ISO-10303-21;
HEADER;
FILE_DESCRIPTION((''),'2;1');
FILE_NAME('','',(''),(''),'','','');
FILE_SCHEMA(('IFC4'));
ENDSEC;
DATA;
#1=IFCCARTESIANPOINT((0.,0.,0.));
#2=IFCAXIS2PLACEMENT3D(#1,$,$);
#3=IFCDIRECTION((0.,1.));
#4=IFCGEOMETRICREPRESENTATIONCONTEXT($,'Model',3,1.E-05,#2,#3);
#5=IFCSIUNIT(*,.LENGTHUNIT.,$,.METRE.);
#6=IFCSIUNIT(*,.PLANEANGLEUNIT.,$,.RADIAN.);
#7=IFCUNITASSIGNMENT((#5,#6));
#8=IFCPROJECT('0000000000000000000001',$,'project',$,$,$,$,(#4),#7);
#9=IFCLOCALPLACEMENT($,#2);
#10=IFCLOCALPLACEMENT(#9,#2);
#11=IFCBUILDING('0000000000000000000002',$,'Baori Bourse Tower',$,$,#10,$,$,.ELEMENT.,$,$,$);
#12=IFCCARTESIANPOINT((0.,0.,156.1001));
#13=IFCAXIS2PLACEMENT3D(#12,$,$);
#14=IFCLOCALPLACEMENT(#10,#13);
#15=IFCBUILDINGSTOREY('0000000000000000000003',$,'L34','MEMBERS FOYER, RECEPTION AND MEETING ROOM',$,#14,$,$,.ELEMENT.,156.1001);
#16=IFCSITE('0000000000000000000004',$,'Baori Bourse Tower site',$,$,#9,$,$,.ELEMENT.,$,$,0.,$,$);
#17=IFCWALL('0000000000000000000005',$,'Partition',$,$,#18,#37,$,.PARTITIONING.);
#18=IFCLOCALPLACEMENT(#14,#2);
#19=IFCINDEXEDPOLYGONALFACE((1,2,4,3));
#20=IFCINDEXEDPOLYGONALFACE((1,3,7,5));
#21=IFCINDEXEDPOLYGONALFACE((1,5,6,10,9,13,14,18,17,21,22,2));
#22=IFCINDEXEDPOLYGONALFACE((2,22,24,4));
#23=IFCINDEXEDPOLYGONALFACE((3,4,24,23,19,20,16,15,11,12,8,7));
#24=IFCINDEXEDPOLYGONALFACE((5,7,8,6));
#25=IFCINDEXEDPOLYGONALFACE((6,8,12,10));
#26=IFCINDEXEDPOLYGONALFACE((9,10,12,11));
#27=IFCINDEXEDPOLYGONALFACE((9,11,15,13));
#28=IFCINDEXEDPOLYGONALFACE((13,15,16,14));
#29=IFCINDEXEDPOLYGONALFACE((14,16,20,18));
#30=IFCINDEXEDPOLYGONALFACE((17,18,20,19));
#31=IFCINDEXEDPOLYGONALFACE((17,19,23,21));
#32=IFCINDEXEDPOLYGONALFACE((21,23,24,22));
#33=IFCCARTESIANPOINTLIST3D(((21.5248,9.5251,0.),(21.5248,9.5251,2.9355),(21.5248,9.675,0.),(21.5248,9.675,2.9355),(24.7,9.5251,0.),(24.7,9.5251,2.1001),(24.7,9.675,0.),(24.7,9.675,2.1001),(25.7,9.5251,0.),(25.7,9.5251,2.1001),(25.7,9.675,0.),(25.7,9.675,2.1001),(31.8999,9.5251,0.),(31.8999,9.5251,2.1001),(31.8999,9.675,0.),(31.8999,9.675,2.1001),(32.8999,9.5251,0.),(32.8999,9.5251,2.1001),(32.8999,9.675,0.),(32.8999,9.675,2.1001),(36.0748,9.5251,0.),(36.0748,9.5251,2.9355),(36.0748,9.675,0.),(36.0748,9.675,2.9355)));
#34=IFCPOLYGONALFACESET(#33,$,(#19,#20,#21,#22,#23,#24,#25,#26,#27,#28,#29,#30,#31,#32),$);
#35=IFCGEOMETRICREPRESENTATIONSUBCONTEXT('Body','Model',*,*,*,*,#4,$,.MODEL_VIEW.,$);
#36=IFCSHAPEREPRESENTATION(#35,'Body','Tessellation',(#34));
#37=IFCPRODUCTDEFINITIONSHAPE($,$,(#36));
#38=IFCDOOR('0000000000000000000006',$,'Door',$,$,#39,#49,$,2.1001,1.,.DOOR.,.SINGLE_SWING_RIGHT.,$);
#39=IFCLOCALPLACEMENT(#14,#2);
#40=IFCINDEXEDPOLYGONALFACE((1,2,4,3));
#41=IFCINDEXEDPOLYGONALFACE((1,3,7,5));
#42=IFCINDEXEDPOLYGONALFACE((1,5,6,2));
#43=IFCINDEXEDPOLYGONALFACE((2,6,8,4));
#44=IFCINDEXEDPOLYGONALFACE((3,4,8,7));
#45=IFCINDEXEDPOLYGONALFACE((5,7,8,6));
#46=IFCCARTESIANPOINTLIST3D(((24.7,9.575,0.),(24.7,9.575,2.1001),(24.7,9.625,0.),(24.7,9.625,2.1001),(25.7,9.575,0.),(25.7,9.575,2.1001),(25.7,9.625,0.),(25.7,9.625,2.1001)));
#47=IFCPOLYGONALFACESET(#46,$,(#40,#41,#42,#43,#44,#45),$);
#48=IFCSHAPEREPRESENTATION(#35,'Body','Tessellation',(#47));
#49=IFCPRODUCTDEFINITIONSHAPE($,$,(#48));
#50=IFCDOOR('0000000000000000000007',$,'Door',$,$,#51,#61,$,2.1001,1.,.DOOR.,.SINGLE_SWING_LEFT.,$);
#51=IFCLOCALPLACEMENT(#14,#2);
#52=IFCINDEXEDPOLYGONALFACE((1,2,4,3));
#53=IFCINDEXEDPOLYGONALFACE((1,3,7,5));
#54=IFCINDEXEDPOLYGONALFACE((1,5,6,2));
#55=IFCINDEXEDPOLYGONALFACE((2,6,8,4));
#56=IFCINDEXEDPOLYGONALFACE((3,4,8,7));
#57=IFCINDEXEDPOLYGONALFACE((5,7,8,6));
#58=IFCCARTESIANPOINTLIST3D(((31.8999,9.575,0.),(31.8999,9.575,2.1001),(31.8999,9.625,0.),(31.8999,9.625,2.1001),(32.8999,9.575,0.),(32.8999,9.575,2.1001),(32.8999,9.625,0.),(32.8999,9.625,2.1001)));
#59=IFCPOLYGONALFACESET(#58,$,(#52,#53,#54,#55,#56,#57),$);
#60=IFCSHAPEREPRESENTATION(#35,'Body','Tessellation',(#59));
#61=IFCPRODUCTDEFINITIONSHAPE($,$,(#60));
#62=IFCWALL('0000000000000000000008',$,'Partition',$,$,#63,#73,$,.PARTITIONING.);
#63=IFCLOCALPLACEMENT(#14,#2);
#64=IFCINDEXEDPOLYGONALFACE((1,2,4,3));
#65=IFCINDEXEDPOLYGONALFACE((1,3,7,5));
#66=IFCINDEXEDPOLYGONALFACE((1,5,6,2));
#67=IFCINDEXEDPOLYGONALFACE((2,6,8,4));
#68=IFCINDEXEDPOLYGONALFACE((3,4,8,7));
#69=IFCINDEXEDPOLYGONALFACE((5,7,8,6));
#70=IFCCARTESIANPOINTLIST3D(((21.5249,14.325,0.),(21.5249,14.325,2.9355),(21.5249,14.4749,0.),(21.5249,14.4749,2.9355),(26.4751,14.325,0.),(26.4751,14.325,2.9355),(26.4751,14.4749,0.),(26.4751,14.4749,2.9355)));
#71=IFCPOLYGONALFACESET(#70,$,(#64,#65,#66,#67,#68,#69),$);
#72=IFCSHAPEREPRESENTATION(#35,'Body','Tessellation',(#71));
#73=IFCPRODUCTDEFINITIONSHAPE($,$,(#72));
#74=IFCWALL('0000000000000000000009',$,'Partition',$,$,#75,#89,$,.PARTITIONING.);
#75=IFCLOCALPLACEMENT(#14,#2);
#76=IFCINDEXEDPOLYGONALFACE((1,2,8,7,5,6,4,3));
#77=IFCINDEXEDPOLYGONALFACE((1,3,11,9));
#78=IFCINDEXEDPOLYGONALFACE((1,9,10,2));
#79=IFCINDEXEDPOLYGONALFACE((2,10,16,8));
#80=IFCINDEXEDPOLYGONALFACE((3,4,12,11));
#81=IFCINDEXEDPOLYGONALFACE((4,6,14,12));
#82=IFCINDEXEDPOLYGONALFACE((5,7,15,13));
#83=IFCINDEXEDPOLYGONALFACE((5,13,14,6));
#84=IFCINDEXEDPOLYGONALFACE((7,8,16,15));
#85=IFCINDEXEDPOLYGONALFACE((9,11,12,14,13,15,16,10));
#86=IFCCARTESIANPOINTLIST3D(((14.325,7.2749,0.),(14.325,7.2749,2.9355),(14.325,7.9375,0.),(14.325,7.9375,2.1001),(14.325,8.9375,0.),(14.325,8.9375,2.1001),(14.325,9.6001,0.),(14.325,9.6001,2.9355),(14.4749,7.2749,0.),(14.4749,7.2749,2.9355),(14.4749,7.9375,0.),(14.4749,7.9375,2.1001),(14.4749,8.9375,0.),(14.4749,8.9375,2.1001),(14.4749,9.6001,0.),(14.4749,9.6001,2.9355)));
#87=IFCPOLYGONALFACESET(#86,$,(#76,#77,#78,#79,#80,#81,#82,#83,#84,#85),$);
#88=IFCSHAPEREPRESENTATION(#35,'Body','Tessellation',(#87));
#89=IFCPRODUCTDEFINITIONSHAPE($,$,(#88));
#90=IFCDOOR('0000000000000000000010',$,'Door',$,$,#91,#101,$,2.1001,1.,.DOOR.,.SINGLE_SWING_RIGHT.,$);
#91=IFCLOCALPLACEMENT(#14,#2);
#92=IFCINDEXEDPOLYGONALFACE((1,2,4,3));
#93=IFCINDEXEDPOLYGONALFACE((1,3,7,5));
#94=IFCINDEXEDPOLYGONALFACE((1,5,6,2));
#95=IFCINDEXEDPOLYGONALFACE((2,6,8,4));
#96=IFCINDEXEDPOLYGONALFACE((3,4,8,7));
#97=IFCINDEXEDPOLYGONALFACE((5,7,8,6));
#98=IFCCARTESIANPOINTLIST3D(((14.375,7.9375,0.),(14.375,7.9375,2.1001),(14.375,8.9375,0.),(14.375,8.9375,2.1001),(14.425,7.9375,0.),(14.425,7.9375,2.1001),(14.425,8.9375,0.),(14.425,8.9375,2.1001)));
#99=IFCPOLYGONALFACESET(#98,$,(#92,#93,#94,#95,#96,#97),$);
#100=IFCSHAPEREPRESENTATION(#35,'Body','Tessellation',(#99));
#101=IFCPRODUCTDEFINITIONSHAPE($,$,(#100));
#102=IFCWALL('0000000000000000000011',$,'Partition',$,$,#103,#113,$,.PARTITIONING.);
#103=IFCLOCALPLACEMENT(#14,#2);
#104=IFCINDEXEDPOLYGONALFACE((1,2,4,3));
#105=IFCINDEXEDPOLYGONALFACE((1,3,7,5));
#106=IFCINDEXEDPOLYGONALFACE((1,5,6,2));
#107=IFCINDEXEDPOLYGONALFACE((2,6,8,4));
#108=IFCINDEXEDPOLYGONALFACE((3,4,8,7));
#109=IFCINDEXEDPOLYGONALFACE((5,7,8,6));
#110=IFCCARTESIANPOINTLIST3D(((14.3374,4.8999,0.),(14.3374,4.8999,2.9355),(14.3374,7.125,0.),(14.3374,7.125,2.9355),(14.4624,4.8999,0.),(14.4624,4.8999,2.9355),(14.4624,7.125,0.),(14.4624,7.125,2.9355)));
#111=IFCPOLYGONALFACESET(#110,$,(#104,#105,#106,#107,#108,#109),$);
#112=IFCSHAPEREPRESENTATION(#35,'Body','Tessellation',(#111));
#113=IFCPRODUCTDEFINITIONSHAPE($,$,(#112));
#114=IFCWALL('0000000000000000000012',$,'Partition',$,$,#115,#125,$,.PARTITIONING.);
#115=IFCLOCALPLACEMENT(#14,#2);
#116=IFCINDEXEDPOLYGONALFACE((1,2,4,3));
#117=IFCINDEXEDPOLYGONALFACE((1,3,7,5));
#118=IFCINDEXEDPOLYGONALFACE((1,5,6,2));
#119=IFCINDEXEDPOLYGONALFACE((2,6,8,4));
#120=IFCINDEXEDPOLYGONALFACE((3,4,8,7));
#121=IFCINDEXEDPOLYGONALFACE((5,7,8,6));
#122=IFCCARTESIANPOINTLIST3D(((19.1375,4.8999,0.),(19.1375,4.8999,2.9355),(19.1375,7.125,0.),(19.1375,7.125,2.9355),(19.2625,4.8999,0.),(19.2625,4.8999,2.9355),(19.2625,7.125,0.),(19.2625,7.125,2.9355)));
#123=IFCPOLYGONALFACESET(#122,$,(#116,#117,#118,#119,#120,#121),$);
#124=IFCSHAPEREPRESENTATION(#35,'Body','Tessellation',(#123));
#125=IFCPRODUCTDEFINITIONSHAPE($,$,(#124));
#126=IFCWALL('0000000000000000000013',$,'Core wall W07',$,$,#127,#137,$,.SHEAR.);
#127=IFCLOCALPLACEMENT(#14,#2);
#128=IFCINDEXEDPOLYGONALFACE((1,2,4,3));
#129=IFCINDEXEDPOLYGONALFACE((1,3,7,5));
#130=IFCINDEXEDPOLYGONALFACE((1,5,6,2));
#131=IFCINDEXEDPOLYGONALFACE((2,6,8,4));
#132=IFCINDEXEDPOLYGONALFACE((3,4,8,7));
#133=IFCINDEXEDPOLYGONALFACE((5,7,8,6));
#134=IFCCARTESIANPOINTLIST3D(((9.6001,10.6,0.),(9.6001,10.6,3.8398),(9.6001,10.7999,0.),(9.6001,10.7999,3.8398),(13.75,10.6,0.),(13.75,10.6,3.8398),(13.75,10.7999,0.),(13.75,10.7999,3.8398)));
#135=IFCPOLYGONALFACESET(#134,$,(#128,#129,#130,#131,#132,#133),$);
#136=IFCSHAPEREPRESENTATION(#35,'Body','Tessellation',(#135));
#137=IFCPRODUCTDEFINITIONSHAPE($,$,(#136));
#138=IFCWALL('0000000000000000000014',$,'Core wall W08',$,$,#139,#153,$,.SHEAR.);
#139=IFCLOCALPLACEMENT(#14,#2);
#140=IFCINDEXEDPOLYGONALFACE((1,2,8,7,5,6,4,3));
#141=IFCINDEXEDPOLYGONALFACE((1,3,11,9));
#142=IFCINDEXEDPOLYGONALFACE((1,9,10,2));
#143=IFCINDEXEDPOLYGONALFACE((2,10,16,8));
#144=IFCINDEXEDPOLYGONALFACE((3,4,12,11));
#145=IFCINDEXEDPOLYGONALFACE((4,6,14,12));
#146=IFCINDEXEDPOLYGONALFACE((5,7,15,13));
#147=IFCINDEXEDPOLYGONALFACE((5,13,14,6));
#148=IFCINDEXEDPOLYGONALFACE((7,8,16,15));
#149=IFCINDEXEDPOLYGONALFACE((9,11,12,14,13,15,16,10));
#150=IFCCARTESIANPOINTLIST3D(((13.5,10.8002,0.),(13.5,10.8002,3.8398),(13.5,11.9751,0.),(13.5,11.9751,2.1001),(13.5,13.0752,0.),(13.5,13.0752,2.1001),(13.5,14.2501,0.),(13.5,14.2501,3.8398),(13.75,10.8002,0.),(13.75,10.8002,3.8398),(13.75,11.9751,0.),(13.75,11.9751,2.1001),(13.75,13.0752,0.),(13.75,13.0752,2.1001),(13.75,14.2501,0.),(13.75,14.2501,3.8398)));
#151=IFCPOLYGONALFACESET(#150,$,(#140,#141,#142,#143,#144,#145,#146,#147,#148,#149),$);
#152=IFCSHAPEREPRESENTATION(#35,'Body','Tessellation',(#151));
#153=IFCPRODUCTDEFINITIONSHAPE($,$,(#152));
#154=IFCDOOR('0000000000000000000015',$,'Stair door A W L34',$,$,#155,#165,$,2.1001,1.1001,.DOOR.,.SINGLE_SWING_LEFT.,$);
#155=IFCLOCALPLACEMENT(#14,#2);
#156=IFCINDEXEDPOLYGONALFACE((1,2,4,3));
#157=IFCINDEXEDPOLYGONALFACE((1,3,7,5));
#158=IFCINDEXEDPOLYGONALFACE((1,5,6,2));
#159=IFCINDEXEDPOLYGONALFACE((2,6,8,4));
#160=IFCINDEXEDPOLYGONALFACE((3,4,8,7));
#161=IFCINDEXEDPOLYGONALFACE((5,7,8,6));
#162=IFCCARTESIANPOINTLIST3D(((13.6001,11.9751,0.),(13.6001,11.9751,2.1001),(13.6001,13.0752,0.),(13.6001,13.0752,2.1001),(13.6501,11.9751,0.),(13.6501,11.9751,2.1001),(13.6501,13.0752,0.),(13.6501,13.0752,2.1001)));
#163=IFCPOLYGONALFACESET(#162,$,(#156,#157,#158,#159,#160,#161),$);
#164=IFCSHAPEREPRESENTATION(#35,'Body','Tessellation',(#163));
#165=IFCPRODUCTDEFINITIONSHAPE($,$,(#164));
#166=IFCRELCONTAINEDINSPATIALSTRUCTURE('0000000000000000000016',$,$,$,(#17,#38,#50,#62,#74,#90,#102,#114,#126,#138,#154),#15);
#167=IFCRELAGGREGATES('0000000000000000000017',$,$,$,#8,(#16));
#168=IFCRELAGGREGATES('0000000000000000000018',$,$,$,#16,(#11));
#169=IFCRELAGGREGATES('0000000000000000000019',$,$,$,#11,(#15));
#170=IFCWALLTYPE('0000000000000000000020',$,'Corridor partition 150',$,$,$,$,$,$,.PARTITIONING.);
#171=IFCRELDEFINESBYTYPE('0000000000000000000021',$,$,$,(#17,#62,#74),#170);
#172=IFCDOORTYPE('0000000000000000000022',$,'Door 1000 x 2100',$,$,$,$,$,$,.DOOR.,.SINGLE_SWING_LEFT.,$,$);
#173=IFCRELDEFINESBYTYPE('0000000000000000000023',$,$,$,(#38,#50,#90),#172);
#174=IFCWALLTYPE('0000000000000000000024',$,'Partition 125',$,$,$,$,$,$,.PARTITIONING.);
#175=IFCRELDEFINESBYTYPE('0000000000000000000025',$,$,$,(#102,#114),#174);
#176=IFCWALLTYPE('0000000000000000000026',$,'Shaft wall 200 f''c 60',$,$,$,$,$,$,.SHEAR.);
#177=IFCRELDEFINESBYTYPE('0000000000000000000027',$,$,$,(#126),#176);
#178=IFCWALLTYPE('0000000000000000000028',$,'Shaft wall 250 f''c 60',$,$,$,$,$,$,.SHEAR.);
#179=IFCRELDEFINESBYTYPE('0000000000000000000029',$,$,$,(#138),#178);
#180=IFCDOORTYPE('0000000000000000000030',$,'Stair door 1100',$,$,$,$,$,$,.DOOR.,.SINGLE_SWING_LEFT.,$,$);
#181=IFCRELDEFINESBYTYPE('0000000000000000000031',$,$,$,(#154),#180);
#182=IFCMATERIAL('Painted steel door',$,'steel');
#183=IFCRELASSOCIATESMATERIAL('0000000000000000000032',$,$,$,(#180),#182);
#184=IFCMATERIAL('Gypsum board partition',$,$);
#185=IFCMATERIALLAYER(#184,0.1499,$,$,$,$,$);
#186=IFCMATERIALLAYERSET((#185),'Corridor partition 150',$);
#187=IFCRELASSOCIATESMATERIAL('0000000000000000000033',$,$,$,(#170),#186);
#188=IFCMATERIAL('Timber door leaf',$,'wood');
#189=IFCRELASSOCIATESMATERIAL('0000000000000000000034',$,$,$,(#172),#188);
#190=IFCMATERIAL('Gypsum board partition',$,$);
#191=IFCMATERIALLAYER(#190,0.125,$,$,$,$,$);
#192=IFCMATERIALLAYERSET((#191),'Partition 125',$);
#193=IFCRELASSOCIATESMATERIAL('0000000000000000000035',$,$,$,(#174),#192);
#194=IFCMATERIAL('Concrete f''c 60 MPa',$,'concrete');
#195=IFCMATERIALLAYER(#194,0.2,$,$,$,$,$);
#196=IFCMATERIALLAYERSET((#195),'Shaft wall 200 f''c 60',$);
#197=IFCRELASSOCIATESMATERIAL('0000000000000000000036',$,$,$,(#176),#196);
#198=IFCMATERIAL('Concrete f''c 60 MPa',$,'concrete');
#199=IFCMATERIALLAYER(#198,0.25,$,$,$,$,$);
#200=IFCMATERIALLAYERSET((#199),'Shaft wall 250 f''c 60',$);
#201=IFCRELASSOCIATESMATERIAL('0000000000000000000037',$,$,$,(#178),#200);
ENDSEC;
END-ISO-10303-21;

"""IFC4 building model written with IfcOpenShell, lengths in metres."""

from ifc_helpers import new_model, si_unit, direction, frame, frame_2d, origin, place, context, subcontext, project, spatial, rectangle, extrude, material, layer, layer_set, type_object, element, fill, save


model = new_model("IFC4")

# Units and contexts
model_context = context("Model", 3, precision=1e-05, world=origin(), true_north=direction((0.0, 1.0)))
body_context = subcontext(model_context, "Body", "Model", "MODEL_VIEW")
ifc_project = project(units=[si_unit("LENGTHUNIT", "METRE"), si_unit("PLANEANGLEUNIT", "RADIAN")], contexts=[model_context])

# Site, building, storey
site_placement = place(None, origin())
site = spatial("IfcSite", under=ifc_project, at=site_placement, Name="Baori Bourse Tower site", CompositionType="ELEMENT", RefElevation=0.0)
building_placement = place(site_placement, origin())
building = spatial("IfcBuilding", under=site, at=building_placement, Name="Baori Bourse Tower", CompositionType="ELEMENT")
storey_placement = place(building_placement, frame((0.0, 0.0, 156.1001)))
storey = spatial("IfcBuildingStorey", under=building, at=storey_placement, Name="L34", Description="MEMBERS FOYER, RECEPTION AND MEETING ROOM", CompositionType="ELEMENT", Elevation=156.1001)

# Shared definitions
ifc_material_1 = material(Name="Painted steel door", Category="steel")
door_type_1 = type_object("IfcDoorType", Name="Stair door 1100", OperationType="SINGLE_SWING_LEFT", PredefinedType="DOOR", material=ifc_material_1)

# Wall, openings, doors
ifc_material_2 = material(Name="Gypsum board partition")
ifc_layer_1 = layer(ifc_material_2, 0.1499)
ifc_layer_set_1 = layer_set([ifc_layer_1], Name="Corridor partition 150")
wall_type_1 = type_object("IfcWallType", Name="Corridor partition 150", PredefinedType="PARTITIONING", material=ifc_layer_set_1)
ifc_material_3 = material(Name="Timber door leaf", Category="wood")
door_type_2 = type_object("IfcDoorType", Name="Door 1000 x 2100", OperationType="SINGLE_SWING_LEFT", PredefinedType="DOOR", material=ifc_material_3)
wall_1_placement = place(storey_placement, frame((21.5249, 9.6001, 0.0), z_axis=(0.0, 0.0, 1.0), x_axis=(1.0, 0.0, 0.0)))
wall_1 = element("IfcWall", 1, at=wall_1_placement, inside=storey, type_object=wall_type_1, Name="Partition", PredefinedType="PARTITIONING", context=body_context, shape_type="SweptSolid", body=[
    extrude(rectangle(XDim=14.55, YDim=0.1499, at=frame_2d((7.2749, 0.0))), origin(), (0.0, 0.0, 1.0), 2.9355),
])
opening_1_placement = place(wall_1_placement, frame((3.175, 0.0, 0.0)))
opening_1 = element("IfcOpeningElement", 2, at=opening_1_placement, cuts=wall_1, PredefinedType="OPENING", context=body_context, shape_type="SweptSolid", body=[
    extrude(rectangle(XDim=1.0, YDim=2.1001, at=frame_2d((0.5, 1.05))), frame((0.0, 0.085, 0.0), z_axis=(0.0, -1.0, 0.0), x_axis=(1.0, 0.0, 0.0)), (0.0, 0.0, 1.0), 0.1699),
])
opening_2_placement = place(wall_1_placement, frame((10.375, 0.0, 0.0)))
opening_2 = element("IfcOpeningElement", 3, at=opening_2_placement, cuts=wall_1, PredefinedType="OPENING", context=body_context, shape_type="SweptSolid", body=[
    extrude(rectangle(XDim=1.0, YDim=2.1001, at=frame_2d((0.5, 1.05))), frame((0.0, 0.085, 0.0), z_axis=(0.0, -1.0, 0.0), x_axis=(1.0, 0.0, 0.0)), (0.0, 0.0, 1.0), 0.1699),
])
door_1_placement = place(opening_1_placement, origin())
door_1 = element("IfcDoor", 4, at=door_1_placement, inside=storey, type_object=door_type_2, Name="Door", OperationType="SINGLE_SWING_RIGHT", OverallHeight=2.1001, OverallWidth=1.0, PredefinedType="DOOR", context=body_context, shape_type="SweptSolid", body=[
    extrude(rectangle(XDim=1.0, YDim=2.1001, at=frame_2d((0.5, 1.05))), frame((0.0, 0.0249, 0.0), z_axis=(0.0, -1.0, 0.0), x_axis=(1.0, 0.0, 0.0)), (0.0, 0.0, 1.0), 0.05),
])
fill(opening_1, door_1)
door_2_placement = place(opening_2_placement, origin())
door_2 = element("IfcDoor", 5, at=door_2_placement, inside=storey, type_object=door_type_2, Name="Door", OperationType="SINGLE_SWING_LEFT", OverallHeight=2.1001, OverallWidth=1.0, PredefinedType="DOOR", context=body_context, shape_type="SweptSolid", body=[
    extrude(rectangle(XDim=1.0, YDim=2.1001, at=frame_2d((0.5, 1.05))), frame((0.0, 0.0249, 0.0), z_axis=(0.0, -1.0, 0.0), x_axis=(1.0, 0.0, 0.0)), (0.0, 0.0, 1.0), 0.05),
])
fill(opening_2, door_2)

# Wall
wall_2_placement = place(storey_placement, frame((21.5249, 14.3999, 0.0), z_axis=(0.0, 0.0, 1.0), x_axis=(1.0, 0.0, 0.0)))
element("IfcWall", 6, at=wall_2_placement, inside=storey, type_object=wall_type_1, Name="Partition", PredefinedType="PARTITIONING", context=body_context, shape_type="SweptSolid", body=[
    extrude(rectangle(XDim=4.9502, YDim=0.1499, at=frame_2d((2.4751, 0.0))), origin(), (0.0, 0.0, 1.0), 2.9355),
])

# Wall, opening, door
wall_3_placement = place(storey_placement, frame((14.3999, 7.2749, 0.0), z_axis=(0.0, 0.0, 1.0), x_axis=(0.0, 1.0, 0.0)))
wall_3 = element("IfcWall", 7, at=wall_3_placement, inside=storey, type_object=wall_type_1, Name="Partition", PredefinedType="PARTITIONING", context=body_context, shape_type="SweptSolid", body=[
    extrude(rectangle(XDim=2.3252, YDim=0.1499, at=frame_2d((1.1626, 0.0))), origin(), (0.0, 0.0, 1.0), 2.9355),
])
opening_3_placement = place(wall_3_placement, frame((0.6626, 0.0, 0.0)))
opening_3 = element("IfcOpeningElement", 8, at=opening_3_placement, cuts=wall_3, PredefinedType="OPENING", context=body_context, shape_type="SweptSolid", body=[
    extrude(rectangle(XDim=1.0, YDim=2.1001, at=frame_2d((0.5, 1.05))), frame((0.0, 0.085, 0.0), z_axis=(0.0, -1.0, 0.0), x_axis=(1.0, 0.0, 0.0)), (0.0, 0.0, 1.0), 0.1699),
])
door_3_placement = place(opening_3_placement, origin())
door_3 = element("IfcDoor", 9, at=door_3_placement, inside=storey, type_object=door_type_2, Name="Door", OperationType="SINGLE_SWING_RIGHT", OverallHeight=2.1001, OverallWidth=1.0, PredefinedType="DOOR", context=body_context, shape_type="SweptSolid", body=[
    extrude(rectangle(XDim=1.0, YDim=2.1001, at=frame_2d((0.5, 1.05))), frame((0.0, 0.0249, 0.0), z_axis=(0.0, -1.0, 0.0), x_axis=(1.0, 0.0, 0.0)), (0.0, 0.0, 1.0), 0.05),
])
fill(opening_3, door_3)

# Walls
ifc_material_4 = material(Name="Gypsum board partition")
ifc_layer_2 = layer(ifc_material_4, 0.125)
ifc_layer_set_2 = layer_set([ifc_layer_2], Name="Partition 125")
wall_type_2 = type_object("IfcWallType", Name="Partition 125", PredefinedType="PARTITIONING", material=ifc_layer_set_2)
for number, where, z_axis, x_axis, name in (
    (10, (14.3999, 4.8999, 0.0), (0.0, 0.0, 1.0), (0.0, 1.0, 0.0), "Partition"),
    (11, (19.2, 4.8999, 0.0), (0.0, 0.0, 1.0), (0.0, 1.0, 0.0), "Partition"),
):
    element("IfcWall", number, at=place(storey_placement, frame(where, z_axis=z_axis, x_axis=x_axis)), inside=storey, type_object=wall_type_2, Name=name, PredefinedType="PARTITIONING", context=body_context, shape_type="SweptSolid", body=[
        extrude(rectangle(XDim=2.2251, YDim=0.125, at=frame_2d((1.1125, 0.0))), origin(), (0.0, 0.0, 1.0), 2.9355),
    ])
ifc_material_5 = material(Name="Concrete f'c 60 MPa", Category="concrete")
ifc_layer_3 = layer(ifc_material_5, 0.2)
ifc_layer_set_3 = layer_set([ifc_layer_3], Name="Shaft wall 200 f'c 60")
wall_type_3 = type_object("IfcWallType", Name="Shaft wall 200 f'c 60", PredefinedType="SHEAR", material=ifc_layer_set_3)
wall_4_placement = place(storey_placement, frame((9.6001, 10.7, 0.0), z_axis=(0.0, 0.0, 1.0), x_axis=(1.0, 0.0, 0.0)))
element("IfcWall", 12, at=wall_4_placement, inside=storey, type_object=wall_type_3, Name="Core wall W07", PredefinedType="SHEAR", context=body_context, shape_type="SweptSolid", body=[
    extrude(rectangle(XDim=4.1499, YDim=0.2, at=frame_2d((2.075, 0.0))), origin(), (0.0, 0.0, 1.0), 3.8398),
])

# Wall, opening, door
ifc_material_6 = material(Name="Concrete f'c 60 MPa", Category="concrete")
ifc_layer_4 = layer(ifc_material_6, 0.25)
ifc_layer_set_4 = layer_set([ifc_layer_4], Name="Shaft wall 250 f'c 60")
wall_type_4 = type_object("IfcWallType", Name="Shaft wall 250 f'c 60", PredefinedType="SHEAR", material=ifc_layer_set_4)
wall_5_placement = place(storey_placement, frame((13.625, 10.8, 0.0), z_axis=(0.0, 0.0, 1.0), x_axis=(0.0, 1.0, 0.0)))
wall_5 = element("IfcWall", 13, at=wall_5_placement, inside=storey, type_object=wall_type_4, Name="Core wall W08", PredefinedType="SHEAR", context=body_context, shape_type="SweptSolid", body=[
    extrude(rectangle(XDim=3.45, YDim=0.25, at=frame_2d((1.7251, 0.0))), origin(), (0.0, 0.0, 1.0), 3.8398),
])
opening_4_placement = place(wall_5_placement, frame((1.175, 0.0, 0.0)))
opening_4 = element("IfcOpeningElement", 14, at=opening_4_placement, cuts=wall_5, PredefinedType="OPENING", context=body_context, shape_type="SweptSolid", body=[
    extrude(rectangle(XDim=1.1001, YDim=2.1001, at=frame_2d((0.55, 1.05))), frame((0.0, 0.135, 0.0), z_axis=(0.0, -1.0, 0.0), x_axis=(1.0, 0.0, 0.0)), (0.0, 0.0, 1.0), 0.27),
])
door_4_placement = place(opening_4_placement, origin())
door_4 = element("IfcDoor", 15, at=door_4_placement, inside=storey, type_object=door_type_1, Name="Stair door A W L34", OperationType="SINGLE_SWING_LEFT", OverallHeight=2.1001, OverallWidth=1.1001, PredefinedType="DOOR", context=body_context, shape_type="SweptSolid", body=[
    extrude(rectangle(XDim=1.1001, YDim=2.1001, at=frame_2d((0.55, 1.05))), frame((0.0, 0.0249, 0.0), z_axis=(0.0, -1.0, 0.0), x_axis=(1.0, 0.0, 0.0)), (0.0, 0.0, 1.0), 0.05),
])
fill(opening_4, door_4)

save(model, "model.ifc")
